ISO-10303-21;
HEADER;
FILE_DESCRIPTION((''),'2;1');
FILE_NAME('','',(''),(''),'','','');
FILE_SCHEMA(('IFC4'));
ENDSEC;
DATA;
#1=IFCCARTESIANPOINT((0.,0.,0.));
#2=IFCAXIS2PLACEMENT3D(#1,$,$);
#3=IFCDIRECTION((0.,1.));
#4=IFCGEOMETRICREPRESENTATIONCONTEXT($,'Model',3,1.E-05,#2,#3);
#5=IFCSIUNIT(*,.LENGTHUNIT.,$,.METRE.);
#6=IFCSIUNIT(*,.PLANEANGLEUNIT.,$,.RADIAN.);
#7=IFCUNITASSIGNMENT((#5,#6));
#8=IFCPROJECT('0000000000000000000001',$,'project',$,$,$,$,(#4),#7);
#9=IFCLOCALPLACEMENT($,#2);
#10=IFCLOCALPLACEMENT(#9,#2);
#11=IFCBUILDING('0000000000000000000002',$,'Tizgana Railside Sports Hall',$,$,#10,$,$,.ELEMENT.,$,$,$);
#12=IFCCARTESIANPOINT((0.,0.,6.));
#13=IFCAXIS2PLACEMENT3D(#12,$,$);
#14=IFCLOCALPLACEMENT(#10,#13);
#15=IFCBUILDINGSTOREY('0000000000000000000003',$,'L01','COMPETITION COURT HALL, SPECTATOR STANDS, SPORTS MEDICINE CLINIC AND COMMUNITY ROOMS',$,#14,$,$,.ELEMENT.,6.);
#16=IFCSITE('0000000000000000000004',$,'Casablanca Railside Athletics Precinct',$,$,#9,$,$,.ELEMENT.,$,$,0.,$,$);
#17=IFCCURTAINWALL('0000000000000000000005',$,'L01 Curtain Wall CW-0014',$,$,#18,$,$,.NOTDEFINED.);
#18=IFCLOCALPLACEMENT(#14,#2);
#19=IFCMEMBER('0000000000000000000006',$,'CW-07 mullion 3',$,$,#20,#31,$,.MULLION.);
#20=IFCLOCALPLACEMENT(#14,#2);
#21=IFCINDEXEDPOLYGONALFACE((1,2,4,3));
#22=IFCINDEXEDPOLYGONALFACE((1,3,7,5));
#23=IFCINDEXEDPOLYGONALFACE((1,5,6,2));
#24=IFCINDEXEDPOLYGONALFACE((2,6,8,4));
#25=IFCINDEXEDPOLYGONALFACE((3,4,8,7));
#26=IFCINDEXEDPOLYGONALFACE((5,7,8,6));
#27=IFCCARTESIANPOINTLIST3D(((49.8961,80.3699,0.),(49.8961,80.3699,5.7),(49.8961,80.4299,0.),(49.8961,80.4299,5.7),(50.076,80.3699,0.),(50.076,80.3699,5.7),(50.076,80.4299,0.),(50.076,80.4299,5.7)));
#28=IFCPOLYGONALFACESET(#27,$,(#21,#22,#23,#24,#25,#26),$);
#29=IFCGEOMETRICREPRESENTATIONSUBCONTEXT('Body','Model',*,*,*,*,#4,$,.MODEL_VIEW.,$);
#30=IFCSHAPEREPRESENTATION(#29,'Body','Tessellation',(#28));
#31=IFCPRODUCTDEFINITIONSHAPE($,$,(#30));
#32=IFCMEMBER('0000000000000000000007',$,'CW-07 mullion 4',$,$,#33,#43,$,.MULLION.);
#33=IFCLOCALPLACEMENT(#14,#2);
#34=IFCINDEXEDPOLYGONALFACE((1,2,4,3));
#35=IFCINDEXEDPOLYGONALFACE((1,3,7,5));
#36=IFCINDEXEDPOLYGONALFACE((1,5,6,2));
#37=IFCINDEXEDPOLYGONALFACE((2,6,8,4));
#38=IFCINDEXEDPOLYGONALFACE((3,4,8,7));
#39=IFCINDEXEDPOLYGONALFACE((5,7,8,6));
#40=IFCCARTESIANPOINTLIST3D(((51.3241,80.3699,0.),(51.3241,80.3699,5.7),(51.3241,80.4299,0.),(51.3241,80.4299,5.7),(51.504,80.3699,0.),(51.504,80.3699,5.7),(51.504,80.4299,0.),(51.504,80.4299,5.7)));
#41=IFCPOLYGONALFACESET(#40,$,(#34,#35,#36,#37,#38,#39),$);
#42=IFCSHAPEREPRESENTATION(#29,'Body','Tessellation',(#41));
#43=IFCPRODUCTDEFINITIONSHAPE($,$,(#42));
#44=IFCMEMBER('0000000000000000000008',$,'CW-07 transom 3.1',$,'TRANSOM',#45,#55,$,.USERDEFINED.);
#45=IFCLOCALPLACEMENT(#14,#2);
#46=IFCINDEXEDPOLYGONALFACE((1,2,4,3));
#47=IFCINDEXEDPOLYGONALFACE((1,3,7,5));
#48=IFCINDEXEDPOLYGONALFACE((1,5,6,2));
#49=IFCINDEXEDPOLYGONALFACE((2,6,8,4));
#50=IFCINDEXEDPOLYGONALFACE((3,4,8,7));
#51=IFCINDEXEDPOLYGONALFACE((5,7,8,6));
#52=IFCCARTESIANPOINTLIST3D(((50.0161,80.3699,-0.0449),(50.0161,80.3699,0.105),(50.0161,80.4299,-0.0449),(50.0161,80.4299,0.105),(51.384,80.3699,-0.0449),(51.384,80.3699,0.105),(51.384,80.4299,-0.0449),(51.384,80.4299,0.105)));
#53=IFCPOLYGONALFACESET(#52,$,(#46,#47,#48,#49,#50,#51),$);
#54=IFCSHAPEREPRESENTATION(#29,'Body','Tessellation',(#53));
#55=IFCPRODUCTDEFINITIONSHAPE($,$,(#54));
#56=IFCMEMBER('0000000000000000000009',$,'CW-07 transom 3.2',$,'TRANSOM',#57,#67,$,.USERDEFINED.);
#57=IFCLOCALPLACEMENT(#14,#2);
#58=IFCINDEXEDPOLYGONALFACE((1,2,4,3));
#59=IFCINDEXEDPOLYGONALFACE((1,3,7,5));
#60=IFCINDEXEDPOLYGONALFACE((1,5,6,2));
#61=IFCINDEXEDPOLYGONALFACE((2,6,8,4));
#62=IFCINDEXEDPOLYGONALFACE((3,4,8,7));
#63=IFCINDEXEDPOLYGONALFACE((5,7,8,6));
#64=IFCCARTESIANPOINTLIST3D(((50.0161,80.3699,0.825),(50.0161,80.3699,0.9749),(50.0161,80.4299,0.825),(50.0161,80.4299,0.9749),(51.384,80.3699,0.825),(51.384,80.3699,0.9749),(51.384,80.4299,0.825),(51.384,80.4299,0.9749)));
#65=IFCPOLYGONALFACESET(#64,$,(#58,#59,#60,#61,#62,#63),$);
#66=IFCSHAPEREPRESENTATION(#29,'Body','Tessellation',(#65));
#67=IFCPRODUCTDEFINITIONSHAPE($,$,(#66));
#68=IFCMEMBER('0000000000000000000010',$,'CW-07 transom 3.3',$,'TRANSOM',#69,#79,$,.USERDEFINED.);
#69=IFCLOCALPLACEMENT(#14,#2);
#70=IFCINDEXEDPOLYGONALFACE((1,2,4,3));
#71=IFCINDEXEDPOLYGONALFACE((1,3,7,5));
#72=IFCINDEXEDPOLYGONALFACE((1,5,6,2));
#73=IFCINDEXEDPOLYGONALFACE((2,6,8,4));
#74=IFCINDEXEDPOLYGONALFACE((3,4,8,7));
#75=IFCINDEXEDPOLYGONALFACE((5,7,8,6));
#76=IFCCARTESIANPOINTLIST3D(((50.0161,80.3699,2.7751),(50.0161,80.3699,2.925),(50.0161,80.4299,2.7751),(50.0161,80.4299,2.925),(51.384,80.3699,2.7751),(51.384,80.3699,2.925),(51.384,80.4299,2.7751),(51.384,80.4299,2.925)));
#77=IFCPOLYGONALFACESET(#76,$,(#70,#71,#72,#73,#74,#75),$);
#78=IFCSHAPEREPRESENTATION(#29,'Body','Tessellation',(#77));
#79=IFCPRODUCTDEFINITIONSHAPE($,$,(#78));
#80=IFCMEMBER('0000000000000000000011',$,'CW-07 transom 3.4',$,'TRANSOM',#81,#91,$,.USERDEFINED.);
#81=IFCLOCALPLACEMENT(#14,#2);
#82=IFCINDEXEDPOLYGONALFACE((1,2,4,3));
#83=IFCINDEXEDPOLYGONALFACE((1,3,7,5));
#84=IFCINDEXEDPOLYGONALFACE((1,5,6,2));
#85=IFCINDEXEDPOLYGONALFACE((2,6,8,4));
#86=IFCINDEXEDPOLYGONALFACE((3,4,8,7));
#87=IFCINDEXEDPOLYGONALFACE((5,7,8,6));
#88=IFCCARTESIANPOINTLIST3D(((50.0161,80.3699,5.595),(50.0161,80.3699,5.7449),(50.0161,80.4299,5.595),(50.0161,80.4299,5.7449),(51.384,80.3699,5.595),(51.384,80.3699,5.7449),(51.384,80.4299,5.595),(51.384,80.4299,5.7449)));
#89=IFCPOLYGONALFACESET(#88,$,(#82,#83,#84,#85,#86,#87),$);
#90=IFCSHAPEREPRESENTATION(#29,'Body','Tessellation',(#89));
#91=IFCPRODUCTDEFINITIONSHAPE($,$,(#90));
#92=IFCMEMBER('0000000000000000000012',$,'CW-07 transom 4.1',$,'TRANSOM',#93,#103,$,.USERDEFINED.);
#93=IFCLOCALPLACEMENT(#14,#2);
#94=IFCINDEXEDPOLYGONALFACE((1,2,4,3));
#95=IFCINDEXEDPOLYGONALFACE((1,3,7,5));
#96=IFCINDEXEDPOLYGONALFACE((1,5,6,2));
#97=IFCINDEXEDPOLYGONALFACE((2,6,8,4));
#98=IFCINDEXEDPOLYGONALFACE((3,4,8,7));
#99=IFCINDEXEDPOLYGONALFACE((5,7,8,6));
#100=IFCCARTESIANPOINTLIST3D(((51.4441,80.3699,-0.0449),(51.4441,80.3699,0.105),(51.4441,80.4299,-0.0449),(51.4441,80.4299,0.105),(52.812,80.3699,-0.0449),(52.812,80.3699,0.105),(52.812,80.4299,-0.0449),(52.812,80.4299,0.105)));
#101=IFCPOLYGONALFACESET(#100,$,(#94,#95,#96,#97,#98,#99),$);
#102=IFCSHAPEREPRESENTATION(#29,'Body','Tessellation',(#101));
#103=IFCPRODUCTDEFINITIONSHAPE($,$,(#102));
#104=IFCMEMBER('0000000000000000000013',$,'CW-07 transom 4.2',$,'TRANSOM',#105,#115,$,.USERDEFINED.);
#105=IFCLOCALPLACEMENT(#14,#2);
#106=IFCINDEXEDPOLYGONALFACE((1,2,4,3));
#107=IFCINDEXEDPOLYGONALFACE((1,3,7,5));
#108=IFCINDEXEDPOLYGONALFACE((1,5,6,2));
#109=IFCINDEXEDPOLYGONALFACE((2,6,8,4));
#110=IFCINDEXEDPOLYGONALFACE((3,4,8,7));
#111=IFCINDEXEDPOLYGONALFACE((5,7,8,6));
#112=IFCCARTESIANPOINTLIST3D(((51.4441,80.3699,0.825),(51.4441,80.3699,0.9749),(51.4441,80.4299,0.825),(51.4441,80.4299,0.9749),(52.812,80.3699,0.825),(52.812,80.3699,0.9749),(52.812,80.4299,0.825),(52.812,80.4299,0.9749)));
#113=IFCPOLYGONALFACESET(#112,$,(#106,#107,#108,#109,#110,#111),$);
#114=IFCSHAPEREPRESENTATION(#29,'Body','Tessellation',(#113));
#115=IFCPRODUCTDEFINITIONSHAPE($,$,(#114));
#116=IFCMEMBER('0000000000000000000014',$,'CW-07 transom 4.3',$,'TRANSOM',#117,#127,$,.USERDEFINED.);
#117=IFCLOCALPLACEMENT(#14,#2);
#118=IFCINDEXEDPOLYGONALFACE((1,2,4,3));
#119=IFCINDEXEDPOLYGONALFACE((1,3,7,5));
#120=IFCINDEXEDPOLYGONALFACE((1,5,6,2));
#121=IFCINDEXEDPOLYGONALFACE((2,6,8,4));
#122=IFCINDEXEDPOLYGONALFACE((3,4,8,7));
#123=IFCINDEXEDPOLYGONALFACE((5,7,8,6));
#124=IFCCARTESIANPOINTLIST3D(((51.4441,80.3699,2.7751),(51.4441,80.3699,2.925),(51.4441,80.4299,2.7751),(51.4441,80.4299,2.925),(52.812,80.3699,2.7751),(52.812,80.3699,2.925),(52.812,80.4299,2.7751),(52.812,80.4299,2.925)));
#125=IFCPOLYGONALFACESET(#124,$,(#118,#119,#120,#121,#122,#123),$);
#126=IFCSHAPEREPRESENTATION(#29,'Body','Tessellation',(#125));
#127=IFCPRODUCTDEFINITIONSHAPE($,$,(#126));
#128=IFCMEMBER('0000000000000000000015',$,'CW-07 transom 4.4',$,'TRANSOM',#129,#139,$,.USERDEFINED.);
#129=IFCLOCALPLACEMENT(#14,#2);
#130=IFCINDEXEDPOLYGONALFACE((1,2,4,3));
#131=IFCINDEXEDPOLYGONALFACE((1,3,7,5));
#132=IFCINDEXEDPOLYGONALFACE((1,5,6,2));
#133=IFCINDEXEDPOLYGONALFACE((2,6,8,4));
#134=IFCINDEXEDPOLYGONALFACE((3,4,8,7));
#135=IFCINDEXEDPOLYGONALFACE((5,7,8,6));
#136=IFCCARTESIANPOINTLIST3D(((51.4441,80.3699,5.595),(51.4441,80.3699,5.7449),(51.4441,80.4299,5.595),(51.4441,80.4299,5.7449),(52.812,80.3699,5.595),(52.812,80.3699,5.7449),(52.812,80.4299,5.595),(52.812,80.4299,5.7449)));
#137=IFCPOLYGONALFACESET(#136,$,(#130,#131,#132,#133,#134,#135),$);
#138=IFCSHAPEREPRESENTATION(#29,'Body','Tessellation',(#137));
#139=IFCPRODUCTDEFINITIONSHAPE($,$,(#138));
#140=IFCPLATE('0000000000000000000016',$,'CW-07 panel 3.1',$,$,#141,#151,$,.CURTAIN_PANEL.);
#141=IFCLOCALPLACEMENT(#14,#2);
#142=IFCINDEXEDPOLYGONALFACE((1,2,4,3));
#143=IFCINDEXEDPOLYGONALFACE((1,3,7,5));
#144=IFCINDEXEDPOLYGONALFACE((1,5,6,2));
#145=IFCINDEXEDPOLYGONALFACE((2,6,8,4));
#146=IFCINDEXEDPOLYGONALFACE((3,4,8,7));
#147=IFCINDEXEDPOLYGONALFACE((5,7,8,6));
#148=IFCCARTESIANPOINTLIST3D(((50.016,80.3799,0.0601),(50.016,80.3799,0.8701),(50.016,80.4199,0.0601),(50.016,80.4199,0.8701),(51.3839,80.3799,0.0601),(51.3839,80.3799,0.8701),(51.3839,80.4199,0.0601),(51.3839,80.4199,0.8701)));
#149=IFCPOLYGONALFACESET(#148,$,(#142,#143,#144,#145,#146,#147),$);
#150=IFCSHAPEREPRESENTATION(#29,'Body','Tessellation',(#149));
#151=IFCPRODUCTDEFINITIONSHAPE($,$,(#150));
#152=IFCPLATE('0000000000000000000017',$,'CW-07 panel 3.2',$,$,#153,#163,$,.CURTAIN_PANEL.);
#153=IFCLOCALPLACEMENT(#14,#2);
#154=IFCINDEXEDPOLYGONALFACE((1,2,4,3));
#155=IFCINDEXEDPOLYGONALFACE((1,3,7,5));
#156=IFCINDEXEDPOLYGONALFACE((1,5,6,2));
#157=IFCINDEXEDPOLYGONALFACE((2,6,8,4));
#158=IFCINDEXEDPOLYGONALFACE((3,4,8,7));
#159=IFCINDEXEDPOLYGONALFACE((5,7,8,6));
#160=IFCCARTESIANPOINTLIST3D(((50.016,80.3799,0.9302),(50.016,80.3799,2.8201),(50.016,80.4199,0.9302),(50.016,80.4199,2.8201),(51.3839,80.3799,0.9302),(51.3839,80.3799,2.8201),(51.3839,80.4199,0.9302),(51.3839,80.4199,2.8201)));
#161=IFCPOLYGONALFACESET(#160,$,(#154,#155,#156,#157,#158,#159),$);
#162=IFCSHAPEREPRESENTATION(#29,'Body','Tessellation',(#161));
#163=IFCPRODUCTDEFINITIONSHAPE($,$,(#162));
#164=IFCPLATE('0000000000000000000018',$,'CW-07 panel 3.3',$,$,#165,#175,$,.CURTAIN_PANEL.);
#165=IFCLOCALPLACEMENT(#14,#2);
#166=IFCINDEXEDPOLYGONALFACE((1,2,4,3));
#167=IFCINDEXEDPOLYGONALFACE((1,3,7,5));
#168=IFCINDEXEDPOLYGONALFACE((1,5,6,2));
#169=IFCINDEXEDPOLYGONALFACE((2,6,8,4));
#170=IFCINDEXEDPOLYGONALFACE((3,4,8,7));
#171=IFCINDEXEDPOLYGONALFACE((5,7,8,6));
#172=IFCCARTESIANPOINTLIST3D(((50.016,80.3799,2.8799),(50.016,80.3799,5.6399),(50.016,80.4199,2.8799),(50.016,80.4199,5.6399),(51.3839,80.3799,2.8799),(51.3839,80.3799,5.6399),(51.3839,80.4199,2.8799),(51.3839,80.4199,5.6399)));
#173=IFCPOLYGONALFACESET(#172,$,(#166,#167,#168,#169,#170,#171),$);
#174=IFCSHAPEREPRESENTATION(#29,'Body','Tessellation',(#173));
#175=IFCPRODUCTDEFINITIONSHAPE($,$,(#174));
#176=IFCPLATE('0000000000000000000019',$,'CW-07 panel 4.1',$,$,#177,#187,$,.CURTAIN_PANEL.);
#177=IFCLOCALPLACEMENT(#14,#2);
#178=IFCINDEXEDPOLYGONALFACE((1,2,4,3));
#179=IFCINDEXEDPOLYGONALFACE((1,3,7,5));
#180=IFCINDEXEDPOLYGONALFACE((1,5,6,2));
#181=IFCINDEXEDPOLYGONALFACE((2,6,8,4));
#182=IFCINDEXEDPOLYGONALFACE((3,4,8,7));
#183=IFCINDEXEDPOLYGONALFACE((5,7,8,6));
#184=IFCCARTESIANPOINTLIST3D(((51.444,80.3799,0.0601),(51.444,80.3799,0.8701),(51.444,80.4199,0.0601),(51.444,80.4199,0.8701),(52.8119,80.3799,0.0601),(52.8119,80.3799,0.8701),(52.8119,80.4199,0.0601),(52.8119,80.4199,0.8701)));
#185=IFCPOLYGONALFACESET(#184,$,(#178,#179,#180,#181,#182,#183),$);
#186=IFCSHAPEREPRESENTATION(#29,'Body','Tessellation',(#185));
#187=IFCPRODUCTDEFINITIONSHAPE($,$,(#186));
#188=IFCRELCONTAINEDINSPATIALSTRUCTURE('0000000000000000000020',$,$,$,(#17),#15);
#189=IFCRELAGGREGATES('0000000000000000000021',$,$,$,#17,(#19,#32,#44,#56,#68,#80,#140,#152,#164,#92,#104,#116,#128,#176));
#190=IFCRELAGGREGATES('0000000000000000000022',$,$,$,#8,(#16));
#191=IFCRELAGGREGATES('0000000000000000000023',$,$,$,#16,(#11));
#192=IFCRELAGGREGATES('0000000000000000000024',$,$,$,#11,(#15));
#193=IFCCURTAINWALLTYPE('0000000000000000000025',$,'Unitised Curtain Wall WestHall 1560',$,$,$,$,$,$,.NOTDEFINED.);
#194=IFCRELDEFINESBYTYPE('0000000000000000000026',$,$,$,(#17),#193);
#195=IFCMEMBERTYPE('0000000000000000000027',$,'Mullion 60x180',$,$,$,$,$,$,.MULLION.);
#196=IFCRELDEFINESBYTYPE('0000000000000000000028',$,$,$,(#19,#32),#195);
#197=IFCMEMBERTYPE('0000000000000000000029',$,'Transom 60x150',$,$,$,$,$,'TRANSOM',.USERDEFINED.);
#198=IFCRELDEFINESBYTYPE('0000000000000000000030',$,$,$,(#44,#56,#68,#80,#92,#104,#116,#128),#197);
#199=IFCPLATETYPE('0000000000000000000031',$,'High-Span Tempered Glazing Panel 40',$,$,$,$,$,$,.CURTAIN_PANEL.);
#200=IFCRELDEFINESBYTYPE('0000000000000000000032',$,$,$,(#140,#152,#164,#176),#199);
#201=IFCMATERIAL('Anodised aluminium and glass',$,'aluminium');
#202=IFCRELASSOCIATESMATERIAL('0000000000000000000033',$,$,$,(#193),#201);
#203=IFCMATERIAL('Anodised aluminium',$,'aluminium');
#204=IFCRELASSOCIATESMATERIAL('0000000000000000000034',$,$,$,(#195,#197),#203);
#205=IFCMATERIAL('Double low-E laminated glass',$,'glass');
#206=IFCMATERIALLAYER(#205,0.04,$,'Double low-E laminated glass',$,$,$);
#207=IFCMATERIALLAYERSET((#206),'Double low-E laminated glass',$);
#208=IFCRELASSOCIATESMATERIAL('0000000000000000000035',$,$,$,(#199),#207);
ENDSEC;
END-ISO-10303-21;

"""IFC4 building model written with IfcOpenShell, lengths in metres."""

from ifc_helpers import new_model, si_unit, direction, frame, origin, origin_2d, place, context, subcontext, project, spatial, rectangle, extrude, material, layer, layer_set, material_profile, profile_set, type_object, element, aggregate, save


model = new_model("IFC4")

# Units and contexts
model_context = context("Model", 3, precision=1e-05, world=origin(), true_north=direction((0.0, 1.0)))
body_context = subcontext(model_context, "Body", "Model", "MODEL_VIEW")
ifc_project = project(units=[si_unit("LENGTHUNIT", "METRE"), si_unit("PLANEANGLEUNIT", "RADIAN")], contexts=[model_context])

# Site, building, storey
site_placement = place(None, origin())
site = spatial("IfcSite", under=ifc_project, at=site_placement, Name="Casablanca Railside Athletics Precinct", CompositionType="ELEMENT", RefElevation=0.0)
building_placement = place(site_placement, origin())
building = spatial("IfcBuilding", under=site, at=building_placement, Name="Tizgana Railside Sports Hall", CompositionType="ELEMENT")
storey_placement = place(building_placement, frame((0.0, 0.0, 6.0)))
storey = spatial("IfcBuildingStorey", under=building, at=storey_placement, Name="L01", Description="COMPETITION COURT HALL, SPECTATOR STANDS, SPORTS MEDICINE CLINIC AND COMMUNITY ROOMS", CompositionType="ELEMENT", Elevation=6.0)

# Curtain wall, members, plates
ifc_material_1 = material(Name="Anodised aluminium and glass", Category="aluminium")
curtain_wall_type = type_object("IfcCurtainWallType", Name="Unitised Curtain Wall WestHall 1560", PredefinedType="NOTDEFINED", material=ifc_material_1)
curtain_wall_placement = place(storey_placement, origin())
curtain_wall = element("IfcCurtainWall", 1, at=curtain_wall_placement, inside=storey, type_object=curtain_wall_type, Name="L01 Curtain Wall CW-0014", PredefinedType="NOTDEFINED")
ifc_material_2 = material(Name="Anodised aluminium", Category="aluminium")
ifc_material_profile_1 = material_profile(ifc_material_2, rectangle(XDim=0.0601, YDim=0.1799, at=origin_2d()), Name="Mullion 60x180")
ifc_profile_set_1 = profile_set([ifc_material_profile_1], Name="Anodised aluminium")
member_type_1 = type_object("IfcMemberType", Name="Mullion 60x180", PredefinedType="MULLION", material=ifc_profile_set_1)
member_1_placement = place(storey_placement, frame((49.9861, 80.3999, 0.0), z_axis=(0.0, 0.0, 1.0), x_axis=(0.0, 1.0, 0.0)))
member_1 = element("IfcMember", 2, at=member_1_placement, type_object=member_type_1, Name="CW-07 mullion 3", PredefinedType="MULLION", context=body_context, shape_type="SweptSolid", body=[
    extrude(rectangle(XDim=0.0601, YDim=0.1799, at=origin_2d()), origin(), (0.0, 0.0, 1.0), 5.7),
])
member_2_placement = place(storey_placement, frame((51.4141, 80.3999, 0.0), z_axis=(0.0, 0.0, 1.0), x_axis=(0.0, 1.0, 0.0)))
member_2 = element("IfcMember", 3, at=member_2_placement, type_object=member_type_1, Name="CW-07 mullion 4", PredefinedType="MULLION", context=body_context, shape_type="SweptSolid", body=[
    extrude(rectangle(XDim=0.0601, YDim=0.1799, at=origin_2d()), origin(), (0.0, 0.0, 1.0), 5.7),
])
ifc_material_profile_2 = material_profile(ifc_material_2, rectangle(XDim=0.0601, YDim=0.1499, at=origin_2d()), Name="Transom 60x150")
ifc_profile_set_2 = profile_set([ifc_material_profile_2], Name="Anodised aluminium")
member_type_2 = type_object("IfcMemberType", Name="Transom 60x150", ElementType="TRANSOM", PredefinedType="USERDEFINED", material=ifc_profile_set_2)
member_3_placement = place(storey_placement, frame((50.0161, 80.3999, 0.03), z_axis=(1.0, 0.0, 0.0), x_axis=(0.0, 1.0, 0.0)))
member_3 = element("IfcMember", 4, at=member_3_placement, type_object=member_type_2, Name="CW-07 transom 3.1", ObjectType="TRANSOM", PredefinedType="USERDEFINED", context=body_context, shape_type="SweptSolid", body=[
    extrude(rectangle(XDim=0.0601, YDim=0.1499, at=origin_2d()), origin(), (0.0, 0.0, 1.0), 1.3679),
])
member_4_placement = place(storey_placement, frame((50.0161, 80.3999, 0.8999), z_axis=(1.0, 0.0, 0.0), x_axis=(0.0, 1.0, 0.0)))
member_4 = element("IfcMember", 5, at=member_4_placement, type_object=member_type_2, Name="CW-07 transom 3.2", ObjectType="TRANSOM", PredefinedType="USERDEFINED", context=body_context, shape_type="SweptSolid", body=[
    extrude(rectangle(XDim=0.0601, YDim=0.1499, at=origin_2d()), origin(), (0.0, 0.0, 1.0), 1.3679),
])
member_5_placement = place(storey_placement, frame((50.0161, 80.3999, 2.8501), z_axis=(1.0, 0.0, 0.0), x_axis=(0.0, 1.0, 0.0)))
member_5 = element("IfcMember", 6, at=member_5_placement, type_object=member_type_2, Name="CW-07 transom 3.3", ObjectType="TRANSOM", PredefinedType="USERDEFINED", context=body_context, shape_type="SweptSolid", body=[
    extrude(rectangle(XDim=0.0601, YDim=0.1499, at=origin_2d()), origin(), (0.0, 0.0, 1.0), 1.3679),
])
member_6_placement = place(storey_placement, frame((50.0161, 80.3999, 5.6699), z_axis=(1.0, 0.0, 0.0), x_axis=(0.0, 1.0, 0.0)))
member_6 = element("IfcMember", 7, at=member_6_placement, type_object=member_type_2, Name="CW-07 transom 3.4", ObjectType="TRANSOM", PredefinedType="USERDEFINED", context=body_context, shape_type="SweptSolid", body=[
    extrude(rectangle(XDim=0.0601, YDim=0.1499, at=origin_2d()), origin(), (0.0, 0.0, 1.0), 1.3679),
])
member_7_placement = place(storey_placement, frame((51.4441, 80.3999, 0.03), z_axis=(1.0, 0.0, 0.0), x_axis=(0.0, 1.0, 0.0)))
member_7 = element("IfcMember", 8, at=member_7_placement, type_object=member_type_2, Name="CW-07 transom 4.1", ObjectType="TRANSOM", PredefinedType="USERDEFINED", context=body_context, shape_type="SweptSolid", body=[
    extrude(rectangle(XDim=0.0601, YDim=0.1499, at=origin_2d()), origin(), (0.0, 0.0, 1.0), 1.3679),
])
member_8_placement = place(storey_placement, frame((51.4441, 80.3999, 0.8999), z_axis=(1.0, 0.0, 0.0), x_axis=(0.0, 1.0, 0.0)))
member_8 = element("IfcMember", 9, at=member_8_placement, type_object=member_type_2, Name="CW-07 transom 4.2", ObjectType="TRANSOM", PredefinedType="USERDEFINED", context=body_context, shape_type="SweptSolid", body=[
    extrude(rectangle(XDim=0.0601, YDim=0.1499, at=origin_2d()), origin(), (0.0, 0.0, 1.0), 1.3679),
])
member_9_placement = place(storey_placement, frame((51.4441, 80.3999, 2.8501), z_axis=(1.0, 0.0, 0.0), x_axis=(0.0, 1.0, 0.0)))
member_9 = element("IfcMember", 10, at=member_9_placement, type_object=member_type_2, Name="CW-07 transom 4.3", ObjectType="TRANSOM", PredefinedType="USERDEFINED", context=body_context, shape_type="SweptSolid", body=[
    extrude(rectangle(XDim=0.0601, YDim=0.1499, at=origin_2d()), origin(), (0.0, 0.0, 1.0), 1.3679),
])
member_10_placement = place(storey_placement, frame((51.4441, 80.3999, 5.6699), z_axis=(1.0, 0.0, 0.0), x_axis=(0.0, 1.0, 0.0)))
member_10 = element("IfcMember", 11, at=member_10_placement, type_object=member_type_2, Name="CW-07 transom 4.4", ObjectType="TRANSOM", PredefinedType="USERDEFINED", context=body_context, shape_type="SweptSolid", body=[
    extrude(rectangle(XDim=0.0601, YDim=0.1499, at=origin_2d()), origin(), (0.0, 0.0, 1.0), 1.3679),
])
ifc_material_3 = material(Name="Double low-E laminated glass", Category="glass")
ifc_layer_1 = layer(ifc_material_3, 0.04, Name="Double low-E laminated glass")
ifc_layer_set_1 = layer_set([ifc_layer_1], Name="Double low-E laminated glass")
plate_type = type_object("IfcPlateType", Name="High-Span Tempered Glazing Panel 40", PredefinedType="CURTAIN_PANEL", material=ifc_layer_set_1)
plate_1_placement = place(storey_placement, frame((50.7, 80.3999, 0.0601), z_axis=(0.0, 0.0, 1.0), x_axis=(1.0, 0.0, 0.0)))
plate_1 = element("IfcPlate", 12, at=plate_1_placement, type_object=plate_type, Name="CW-07 panel 3.1", PredefinedType="CURTAIN_PANEL", context=body_context, shape_type="SweptSolid", body=[
    extrude(rectangle(XDim=1.3679, YDim=0.04, at=origin_2d()), origin(), (0.0, 0.0, 1.0), 0.8101),
])
plate_2_placement = place(storey_placement, frame((50.7, 80.3999, 0.9302), z_axis=(0.0, 0.0, 1.0), x_axis=(1.0, 0.0, 0.0)))
plate_2 = element("IfcPlate", 13, at=plate_2_placement, type_object=plate_type, Name="CW-07 panel 3.2", PredefinedType="CURTAIN_PANEL", context=body_context, shape_type="SweptSolid", body=[
    extrude(rectangle(XDim=1.3679, YDim=0.04, at=origin_2d()), origin(), (0.0, 0.0, 1.0), 1.8899),
])
plate_3_placement = place(storey_placement, frame((50.7, 80.3999, 2.8799), z_axis=(0.0, 0.0, 1.0), x_axis=(1.0, 0.0, 0.0)))
plate_3 = element("IfcPlate", 14, at=plate_3_placement, type_object=plate_type, Name="CW-07 panel 3.3", PredefinedType="CURTAIN_PANEL", context=body_context, shape_type="SweptSolid", body=[
    extrude(rectangle(XDim=1.3679, YDim=0.04, at=origin_2d()), origin(), (0.0, 0.0, 1.0), 2.76),
])
plate_4_placement = place(storey_placement, frame((52.1279, 80.3999, 0.0601), z_axis=(0.0, 0.0, 1.0), x_axis=(1.0, 0.0, 0.0)))
plate_4 = element("IfcPlate", 15, at=plate_4_placement, type_object=plate_type, Name="CW-07 panel 4.1", PredefinedType="CURTAIN_PANEL", context=body_context, shape_type="SweptSolid", body=[
    extrude(rectangle(XDim=1.3679, YDim=0.04, at=origin_2d()), origin(), (0.0, 0.0, 1.0), 0.8101),
])
aggregate(curtain_wall, [member_1, member_2, member_3, member_4, member_5, member_6, plate_1, plate_2, plate_3, member_7, member_8, member_9, member_10, plate_4])

save(model, "model.ifc")
